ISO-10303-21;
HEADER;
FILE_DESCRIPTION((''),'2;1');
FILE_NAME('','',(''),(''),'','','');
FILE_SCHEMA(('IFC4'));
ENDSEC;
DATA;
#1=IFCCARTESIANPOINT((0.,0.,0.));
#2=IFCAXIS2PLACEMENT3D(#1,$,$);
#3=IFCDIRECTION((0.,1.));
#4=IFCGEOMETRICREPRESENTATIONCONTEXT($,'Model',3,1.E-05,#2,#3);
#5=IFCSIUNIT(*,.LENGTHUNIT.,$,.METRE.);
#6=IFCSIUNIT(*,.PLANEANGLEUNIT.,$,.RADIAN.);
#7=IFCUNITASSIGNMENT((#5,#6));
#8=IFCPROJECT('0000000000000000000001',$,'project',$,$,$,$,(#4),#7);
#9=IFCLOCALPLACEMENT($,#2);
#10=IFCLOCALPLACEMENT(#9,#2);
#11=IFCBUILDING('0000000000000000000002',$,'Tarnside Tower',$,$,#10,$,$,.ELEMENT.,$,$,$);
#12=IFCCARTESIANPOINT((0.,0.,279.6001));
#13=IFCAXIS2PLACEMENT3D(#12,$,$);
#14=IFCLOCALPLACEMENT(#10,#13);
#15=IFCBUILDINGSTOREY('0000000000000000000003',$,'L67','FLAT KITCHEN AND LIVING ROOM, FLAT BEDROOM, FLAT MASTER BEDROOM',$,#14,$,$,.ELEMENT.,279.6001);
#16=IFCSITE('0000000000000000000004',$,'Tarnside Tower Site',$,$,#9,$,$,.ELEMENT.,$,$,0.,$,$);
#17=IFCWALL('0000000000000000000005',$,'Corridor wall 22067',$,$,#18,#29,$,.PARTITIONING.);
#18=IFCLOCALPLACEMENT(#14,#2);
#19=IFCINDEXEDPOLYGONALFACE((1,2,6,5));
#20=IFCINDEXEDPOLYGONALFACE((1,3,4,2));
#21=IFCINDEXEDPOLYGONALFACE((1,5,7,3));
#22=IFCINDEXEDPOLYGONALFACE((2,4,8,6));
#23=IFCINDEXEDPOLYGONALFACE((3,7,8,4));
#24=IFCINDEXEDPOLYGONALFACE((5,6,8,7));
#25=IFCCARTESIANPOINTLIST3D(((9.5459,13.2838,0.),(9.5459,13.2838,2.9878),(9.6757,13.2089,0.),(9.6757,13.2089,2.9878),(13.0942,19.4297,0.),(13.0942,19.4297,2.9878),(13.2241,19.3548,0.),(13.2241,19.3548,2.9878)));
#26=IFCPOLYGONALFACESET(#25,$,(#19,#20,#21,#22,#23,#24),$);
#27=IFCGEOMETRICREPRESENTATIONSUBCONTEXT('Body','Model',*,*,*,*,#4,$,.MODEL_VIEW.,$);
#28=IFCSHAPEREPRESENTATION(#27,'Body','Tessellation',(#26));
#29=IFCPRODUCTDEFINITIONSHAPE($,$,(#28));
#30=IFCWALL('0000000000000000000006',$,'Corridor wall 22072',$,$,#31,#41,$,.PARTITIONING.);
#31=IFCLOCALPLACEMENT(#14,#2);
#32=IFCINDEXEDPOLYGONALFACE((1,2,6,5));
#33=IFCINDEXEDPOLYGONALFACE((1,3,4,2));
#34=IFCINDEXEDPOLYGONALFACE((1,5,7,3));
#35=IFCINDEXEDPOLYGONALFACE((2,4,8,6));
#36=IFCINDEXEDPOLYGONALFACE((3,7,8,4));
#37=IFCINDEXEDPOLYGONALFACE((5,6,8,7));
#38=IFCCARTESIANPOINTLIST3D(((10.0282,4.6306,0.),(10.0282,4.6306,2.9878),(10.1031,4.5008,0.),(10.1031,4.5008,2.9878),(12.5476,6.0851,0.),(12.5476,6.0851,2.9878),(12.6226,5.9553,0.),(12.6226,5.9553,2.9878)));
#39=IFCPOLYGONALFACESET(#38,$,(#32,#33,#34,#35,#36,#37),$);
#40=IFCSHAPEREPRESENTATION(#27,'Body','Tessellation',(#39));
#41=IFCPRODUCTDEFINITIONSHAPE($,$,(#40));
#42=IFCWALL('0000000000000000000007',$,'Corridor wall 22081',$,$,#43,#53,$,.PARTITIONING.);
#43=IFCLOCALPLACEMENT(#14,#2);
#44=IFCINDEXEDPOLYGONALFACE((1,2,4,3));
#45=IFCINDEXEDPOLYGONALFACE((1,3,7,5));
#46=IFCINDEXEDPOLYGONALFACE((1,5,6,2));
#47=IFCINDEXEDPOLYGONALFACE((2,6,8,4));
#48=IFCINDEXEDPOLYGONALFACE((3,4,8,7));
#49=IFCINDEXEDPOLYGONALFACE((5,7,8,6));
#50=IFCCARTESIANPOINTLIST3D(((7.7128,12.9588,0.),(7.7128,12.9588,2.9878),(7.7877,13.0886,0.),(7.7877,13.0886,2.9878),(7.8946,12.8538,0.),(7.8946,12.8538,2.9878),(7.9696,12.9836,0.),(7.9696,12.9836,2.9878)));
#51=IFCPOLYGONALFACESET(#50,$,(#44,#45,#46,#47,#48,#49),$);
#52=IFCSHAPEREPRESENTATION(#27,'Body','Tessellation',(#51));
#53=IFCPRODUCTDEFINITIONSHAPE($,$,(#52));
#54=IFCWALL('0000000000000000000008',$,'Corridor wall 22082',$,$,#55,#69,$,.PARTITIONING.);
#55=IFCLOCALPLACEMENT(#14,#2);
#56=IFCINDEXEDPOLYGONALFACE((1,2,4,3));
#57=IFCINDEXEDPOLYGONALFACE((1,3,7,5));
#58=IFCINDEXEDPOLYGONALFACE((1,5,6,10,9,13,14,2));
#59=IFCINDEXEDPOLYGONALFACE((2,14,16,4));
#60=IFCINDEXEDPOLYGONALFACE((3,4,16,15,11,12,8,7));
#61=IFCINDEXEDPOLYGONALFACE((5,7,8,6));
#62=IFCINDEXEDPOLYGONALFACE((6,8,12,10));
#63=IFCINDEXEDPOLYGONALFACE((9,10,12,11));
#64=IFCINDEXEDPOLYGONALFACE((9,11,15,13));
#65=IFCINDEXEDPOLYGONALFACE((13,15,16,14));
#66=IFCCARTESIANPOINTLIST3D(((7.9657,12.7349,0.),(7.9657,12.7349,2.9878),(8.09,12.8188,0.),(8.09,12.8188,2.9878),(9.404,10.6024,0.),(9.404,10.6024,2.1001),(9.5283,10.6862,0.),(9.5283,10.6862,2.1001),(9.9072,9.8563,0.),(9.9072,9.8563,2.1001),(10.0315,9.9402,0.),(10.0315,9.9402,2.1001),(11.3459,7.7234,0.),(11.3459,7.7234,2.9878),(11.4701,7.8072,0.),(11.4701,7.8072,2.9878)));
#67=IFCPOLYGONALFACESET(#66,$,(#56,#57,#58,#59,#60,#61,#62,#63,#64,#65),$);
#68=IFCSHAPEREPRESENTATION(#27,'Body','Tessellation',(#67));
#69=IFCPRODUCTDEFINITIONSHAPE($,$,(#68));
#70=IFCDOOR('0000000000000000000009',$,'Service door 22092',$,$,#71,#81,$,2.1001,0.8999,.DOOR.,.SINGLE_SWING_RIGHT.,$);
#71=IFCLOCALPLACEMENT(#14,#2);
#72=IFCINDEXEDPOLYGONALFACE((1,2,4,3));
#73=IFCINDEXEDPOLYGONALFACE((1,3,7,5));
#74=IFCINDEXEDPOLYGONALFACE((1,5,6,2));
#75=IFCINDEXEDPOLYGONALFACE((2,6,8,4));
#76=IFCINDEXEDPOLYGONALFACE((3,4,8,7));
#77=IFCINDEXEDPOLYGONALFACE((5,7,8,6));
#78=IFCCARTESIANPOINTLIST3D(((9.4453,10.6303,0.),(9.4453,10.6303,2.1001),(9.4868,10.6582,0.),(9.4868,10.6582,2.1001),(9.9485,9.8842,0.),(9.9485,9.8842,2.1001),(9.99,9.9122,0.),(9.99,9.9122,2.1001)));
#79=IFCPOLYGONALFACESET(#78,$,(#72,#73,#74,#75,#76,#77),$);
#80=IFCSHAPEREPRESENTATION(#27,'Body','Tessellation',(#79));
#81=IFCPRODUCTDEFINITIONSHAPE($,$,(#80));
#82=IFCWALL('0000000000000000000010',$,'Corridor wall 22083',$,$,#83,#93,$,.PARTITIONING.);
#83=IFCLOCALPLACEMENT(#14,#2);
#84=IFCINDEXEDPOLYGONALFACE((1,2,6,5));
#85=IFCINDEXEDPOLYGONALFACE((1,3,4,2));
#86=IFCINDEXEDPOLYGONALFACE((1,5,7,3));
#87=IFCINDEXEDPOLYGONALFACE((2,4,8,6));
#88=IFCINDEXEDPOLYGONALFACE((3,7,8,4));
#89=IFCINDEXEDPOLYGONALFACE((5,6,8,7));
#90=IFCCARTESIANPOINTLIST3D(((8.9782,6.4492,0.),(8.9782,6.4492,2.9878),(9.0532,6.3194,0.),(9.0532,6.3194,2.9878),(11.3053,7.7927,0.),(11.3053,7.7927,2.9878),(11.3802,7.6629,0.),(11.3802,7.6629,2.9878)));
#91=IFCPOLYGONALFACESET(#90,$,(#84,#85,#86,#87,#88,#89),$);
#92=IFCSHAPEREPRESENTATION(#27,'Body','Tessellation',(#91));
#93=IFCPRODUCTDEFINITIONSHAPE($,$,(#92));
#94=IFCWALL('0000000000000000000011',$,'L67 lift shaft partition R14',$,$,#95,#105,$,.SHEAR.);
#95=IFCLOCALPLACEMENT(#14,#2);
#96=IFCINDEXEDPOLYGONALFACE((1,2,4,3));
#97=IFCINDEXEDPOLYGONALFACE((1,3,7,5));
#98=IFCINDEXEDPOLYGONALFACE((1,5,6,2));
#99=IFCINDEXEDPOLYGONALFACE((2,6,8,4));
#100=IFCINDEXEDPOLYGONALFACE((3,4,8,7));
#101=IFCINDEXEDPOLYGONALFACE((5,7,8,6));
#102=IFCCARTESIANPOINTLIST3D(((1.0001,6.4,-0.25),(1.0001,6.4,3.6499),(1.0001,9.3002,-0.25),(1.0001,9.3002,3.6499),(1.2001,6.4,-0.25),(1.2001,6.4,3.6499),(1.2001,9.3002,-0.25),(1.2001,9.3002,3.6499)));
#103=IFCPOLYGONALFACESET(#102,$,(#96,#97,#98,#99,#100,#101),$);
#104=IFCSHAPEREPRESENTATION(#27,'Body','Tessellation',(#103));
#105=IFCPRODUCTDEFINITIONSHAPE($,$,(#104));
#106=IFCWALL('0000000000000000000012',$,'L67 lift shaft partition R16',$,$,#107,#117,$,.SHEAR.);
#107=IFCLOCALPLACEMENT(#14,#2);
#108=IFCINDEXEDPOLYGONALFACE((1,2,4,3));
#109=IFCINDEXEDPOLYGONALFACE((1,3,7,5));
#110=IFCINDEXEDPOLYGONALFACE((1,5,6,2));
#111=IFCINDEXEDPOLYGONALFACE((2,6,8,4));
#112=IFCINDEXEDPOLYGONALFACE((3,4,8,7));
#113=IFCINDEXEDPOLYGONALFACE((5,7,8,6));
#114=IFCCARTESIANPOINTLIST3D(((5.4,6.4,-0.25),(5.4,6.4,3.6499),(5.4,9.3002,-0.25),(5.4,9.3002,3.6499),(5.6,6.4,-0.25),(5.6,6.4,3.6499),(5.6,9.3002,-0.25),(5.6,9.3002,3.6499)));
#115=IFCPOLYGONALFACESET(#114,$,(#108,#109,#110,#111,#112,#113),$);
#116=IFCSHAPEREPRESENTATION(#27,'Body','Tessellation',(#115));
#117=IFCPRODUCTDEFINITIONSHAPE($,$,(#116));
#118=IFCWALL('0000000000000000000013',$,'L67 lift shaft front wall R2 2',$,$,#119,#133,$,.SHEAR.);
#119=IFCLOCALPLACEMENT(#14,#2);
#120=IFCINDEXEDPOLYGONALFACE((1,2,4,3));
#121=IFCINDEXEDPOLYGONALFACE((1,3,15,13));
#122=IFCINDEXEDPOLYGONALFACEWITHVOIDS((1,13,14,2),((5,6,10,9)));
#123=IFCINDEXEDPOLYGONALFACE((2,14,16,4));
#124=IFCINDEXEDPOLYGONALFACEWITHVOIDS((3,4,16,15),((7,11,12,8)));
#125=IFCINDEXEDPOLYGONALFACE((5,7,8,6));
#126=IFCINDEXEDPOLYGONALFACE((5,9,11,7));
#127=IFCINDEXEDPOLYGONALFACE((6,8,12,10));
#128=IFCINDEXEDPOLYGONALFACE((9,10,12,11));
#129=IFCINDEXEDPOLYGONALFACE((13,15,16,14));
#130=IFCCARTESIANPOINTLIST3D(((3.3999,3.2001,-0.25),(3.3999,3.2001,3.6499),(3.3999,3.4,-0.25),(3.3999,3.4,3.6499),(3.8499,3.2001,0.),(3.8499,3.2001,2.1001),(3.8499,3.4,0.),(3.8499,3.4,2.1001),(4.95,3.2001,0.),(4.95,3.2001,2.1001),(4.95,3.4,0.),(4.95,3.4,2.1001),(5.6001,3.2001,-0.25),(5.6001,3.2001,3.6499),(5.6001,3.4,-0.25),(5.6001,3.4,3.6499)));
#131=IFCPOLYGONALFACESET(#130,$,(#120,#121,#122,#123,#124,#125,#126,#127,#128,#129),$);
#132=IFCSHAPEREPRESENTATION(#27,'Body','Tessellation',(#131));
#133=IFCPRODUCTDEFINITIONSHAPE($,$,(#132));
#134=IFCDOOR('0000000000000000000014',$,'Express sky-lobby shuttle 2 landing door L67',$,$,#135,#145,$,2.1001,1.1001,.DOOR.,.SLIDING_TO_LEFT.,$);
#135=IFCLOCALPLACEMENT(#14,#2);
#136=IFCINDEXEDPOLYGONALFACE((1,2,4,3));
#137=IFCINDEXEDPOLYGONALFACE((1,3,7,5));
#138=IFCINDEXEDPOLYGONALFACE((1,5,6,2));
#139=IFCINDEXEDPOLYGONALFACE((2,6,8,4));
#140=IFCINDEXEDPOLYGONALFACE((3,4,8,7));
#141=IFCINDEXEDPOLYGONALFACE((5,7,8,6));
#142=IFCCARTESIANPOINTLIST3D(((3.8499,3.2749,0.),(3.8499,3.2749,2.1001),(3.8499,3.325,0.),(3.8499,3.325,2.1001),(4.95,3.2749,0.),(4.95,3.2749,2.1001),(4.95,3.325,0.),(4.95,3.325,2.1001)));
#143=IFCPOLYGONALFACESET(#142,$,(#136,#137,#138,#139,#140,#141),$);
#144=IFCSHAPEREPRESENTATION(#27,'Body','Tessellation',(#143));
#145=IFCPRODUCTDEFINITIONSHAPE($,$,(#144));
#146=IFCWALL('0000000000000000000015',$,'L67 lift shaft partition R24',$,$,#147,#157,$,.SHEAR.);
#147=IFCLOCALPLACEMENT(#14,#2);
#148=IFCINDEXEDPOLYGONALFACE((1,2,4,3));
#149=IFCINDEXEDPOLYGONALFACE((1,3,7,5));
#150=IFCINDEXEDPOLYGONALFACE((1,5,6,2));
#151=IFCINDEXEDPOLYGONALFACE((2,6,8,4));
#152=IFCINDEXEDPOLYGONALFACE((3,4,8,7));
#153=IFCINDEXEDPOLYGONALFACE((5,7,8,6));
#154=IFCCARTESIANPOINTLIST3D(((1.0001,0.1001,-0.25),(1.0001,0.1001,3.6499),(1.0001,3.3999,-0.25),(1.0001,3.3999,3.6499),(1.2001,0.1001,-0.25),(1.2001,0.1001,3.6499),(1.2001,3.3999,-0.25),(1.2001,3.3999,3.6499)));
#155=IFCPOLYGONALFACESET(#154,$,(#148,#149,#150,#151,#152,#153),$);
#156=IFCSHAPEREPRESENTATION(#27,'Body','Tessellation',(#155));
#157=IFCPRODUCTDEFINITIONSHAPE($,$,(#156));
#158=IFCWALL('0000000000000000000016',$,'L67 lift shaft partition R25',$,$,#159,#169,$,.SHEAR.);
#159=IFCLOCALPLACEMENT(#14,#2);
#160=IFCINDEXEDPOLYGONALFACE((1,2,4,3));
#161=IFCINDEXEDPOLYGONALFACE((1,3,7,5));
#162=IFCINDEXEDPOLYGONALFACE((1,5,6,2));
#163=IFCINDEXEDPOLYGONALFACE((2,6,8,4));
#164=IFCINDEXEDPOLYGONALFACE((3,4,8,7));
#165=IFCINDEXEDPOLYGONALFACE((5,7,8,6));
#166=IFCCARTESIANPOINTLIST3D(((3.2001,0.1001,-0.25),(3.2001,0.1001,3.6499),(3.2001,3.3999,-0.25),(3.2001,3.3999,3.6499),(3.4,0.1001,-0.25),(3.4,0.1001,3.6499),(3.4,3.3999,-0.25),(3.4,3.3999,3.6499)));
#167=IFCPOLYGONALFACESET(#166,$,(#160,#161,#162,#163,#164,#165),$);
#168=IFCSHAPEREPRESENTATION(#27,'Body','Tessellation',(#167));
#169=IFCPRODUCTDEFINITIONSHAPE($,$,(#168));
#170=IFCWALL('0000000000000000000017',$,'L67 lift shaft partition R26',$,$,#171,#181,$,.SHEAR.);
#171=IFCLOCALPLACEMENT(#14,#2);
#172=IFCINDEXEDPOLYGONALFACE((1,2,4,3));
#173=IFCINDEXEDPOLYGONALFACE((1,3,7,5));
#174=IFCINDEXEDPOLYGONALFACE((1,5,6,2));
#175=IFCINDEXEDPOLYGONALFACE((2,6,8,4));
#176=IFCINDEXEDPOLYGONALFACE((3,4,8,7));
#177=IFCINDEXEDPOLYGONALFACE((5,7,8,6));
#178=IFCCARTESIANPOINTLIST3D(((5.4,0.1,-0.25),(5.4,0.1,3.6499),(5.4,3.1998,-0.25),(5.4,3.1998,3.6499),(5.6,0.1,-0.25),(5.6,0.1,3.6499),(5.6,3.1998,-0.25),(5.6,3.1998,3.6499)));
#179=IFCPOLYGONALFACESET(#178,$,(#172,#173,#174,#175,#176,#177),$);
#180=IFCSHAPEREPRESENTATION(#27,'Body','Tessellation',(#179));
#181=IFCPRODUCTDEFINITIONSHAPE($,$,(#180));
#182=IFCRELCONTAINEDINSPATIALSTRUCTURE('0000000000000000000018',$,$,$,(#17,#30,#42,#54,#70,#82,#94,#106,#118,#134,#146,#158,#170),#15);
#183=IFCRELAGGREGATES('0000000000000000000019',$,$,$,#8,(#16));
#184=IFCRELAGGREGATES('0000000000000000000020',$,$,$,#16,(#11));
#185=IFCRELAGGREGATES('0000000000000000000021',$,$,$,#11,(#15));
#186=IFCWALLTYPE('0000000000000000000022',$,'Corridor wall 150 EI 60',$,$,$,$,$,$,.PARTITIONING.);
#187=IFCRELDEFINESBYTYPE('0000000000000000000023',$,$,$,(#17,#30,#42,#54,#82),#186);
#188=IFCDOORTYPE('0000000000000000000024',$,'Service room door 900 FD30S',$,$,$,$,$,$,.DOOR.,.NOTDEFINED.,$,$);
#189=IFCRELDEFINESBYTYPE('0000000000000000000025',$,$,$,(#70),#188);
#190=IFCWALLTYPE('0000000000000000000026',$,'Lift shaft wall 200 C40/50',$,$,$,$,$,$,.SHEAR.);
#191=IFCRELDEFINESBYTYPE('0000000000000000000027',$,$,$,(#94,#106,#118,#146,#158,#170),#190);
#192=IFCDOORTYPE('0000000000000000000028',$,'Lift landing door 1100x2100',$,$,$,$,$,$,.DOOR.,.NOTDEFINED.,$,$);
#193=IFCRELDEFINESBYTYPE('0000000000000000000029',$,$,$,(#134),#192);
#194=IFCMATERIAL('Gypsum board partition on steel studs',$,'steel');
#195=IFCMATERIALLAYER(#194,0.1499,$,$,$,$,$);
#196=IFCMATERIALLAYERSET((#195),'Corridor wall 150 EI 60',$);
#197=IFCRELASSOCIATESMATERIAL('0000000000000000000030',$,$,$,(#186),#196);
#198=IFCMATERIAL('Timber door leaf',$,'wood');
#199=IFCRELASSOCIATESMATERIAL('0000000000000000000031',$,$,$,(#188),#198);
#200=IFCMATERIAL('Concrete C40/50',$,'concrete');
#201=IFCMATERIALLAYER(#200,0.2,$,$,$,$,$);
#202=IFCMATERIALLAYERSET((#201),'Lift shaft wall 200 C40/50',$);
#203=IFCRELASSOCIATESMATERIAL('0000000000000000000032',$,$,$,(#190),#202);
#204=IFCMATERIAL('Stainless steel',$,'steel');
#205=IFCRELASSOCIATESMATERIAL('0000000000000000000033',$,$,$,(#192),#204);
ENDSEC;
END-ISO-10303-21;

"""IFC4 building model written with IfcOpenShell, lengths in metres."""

from ifc_helpers import new_model, si_unit, direction, frame, frame_2d, origin, place, context, subcontext, project, spatial, rectangle, extrude, material, layer, layer_set, type_object, element, fill, save


model = new_model("IFC4")

# Units and contexts
model_context = context("Model", 3, precision=1e-05, world=origin(), true_north=direction((0.0, 1.0)))
body_context = subcontext(model_context, "Body", "Model", "MODEL_VIEW")
ifc_project = project(units=[si_unit("LENGTHUNIT", "METRE"), si_unit("PLANEANGLEUNIT", "RADIAN")], contexts=[model_context])

# Site, building, storey
site_placement = place(None, origin())
site = spatial("IfcSite", under=ifc_project, at=site_placement, Name="Tarnside Tower Site", CompositionType="ELEMENT", RefElevation=0.0)
building_placement = place(site_placement, origin())
building = spatial("IfcBuilding", under=site, at=building_placement, Name="Tarnside Tower", CompositionType="ELEMENT")
storey_placement = place(building_placement, frame((0.0, 0.0, 279.6001)))
storey = spatial("IfcBuildingStorey", under=building, at=storey_placement, Name="L67", Description="FLAT KITCHEN AND LIVING ROOM, FLAT BEDROOM, FLAT MASTER BEDROOM", CompositionType="ELEMENT", Elevation=279.6001)

# Shared definitions
ifc_material_1 = material(Name="Concrete C40/50", Category="concrete")

# Shared definitions
ifc_material_2 = material(Name="Gypsum board partition on steel studs", Category="steel")

# Walls
ifc_layer_1 = layer(ifc_material_2, 0.1499)
ifc_layer_set_1 = layer_set([ifc_layer_1], Name="Corridor wall 150 EI 60")
wall_type_1 = type_object("IfcWallType", Name="Corridor wall 150 EI 60", PredefinedType="PARTITIONING", material=ifc_layer_set_1)
wall_1_placement = place(storey_placement, frame((9.6108, 13.2463, 0.0), z_axis=(0.0, 0.0, 1.0), x_axis=(0.499994, 0.866029, 0.0)))
element("IfcWall", 1, at=wall_1_placement, inside=storey, type_object=wall_type_1, Name="Corridor wall 22067", PredefinedType="PARTITIONING", context=body_context, shape_type="SweptSolid", body=[
    extrude(rectangle(XDim=7.0967, YDim=0.1499, at=frame_2d((3.5483, 0.0))), origin(), (0.0, 0.0, 1.0), 2.9878),
])
wall_2_placement = place(storey_placement, frame((10.0657, 4.5657, 0.0), z_axis=(0.0, 0.0, 1.0), x_axis=(0.866035, 0.499984, 0.0)))
element("IfcWall", 2, at=wall_2_placement, inside=storey, type_object=wall_type_1, Name="Corridor wall 22072", PredefinedType="PARTITIONING", context=body_context, shape_type="SweptSolid", body=[
    extrude(rectangle(XDim=2.9092, YDim=0.1499, at=frame_2d((1.4546, 0.0))), origin(), (0.0, 0.0, 1.0), 2.9878),
])
wall_3_placement = place(storey_placement, frame((7.7502, 13.0237, 0.0), z_axis=(0.0, 0.0, 1.0), x_axis=(0.866089, -0.49989, 0.0)))
element("IfcWall", 3, at=wall_3_placement, inside=storey, type_object=wall_type_1, Name="Corridor wall 22081", PredefinedType="PARTITIONING", context=body_context, shape_type="SweptSolid", body=[
    extrude(rectangle(XDim=0.21, YDim=0.1499, at=frame_2d((0.105, 0.0))), origin(), (0.0, 0.0, 1.0), 2.9878),
])

# Wall, opening, door
wall_4_placement = place(storey_placement, frame((8.0278, 12.7769, 0.0), z_axis=(0.0, 0.0, 1.0), x_axis=(0.559175, -0.829049, 0.0)))
wall_4 = element("IfcWall", 4, at=wall_4_placement, inside=storey, type_object=wall_type_1, Name="Corridor wall 22082", PredefinedType="PARTITIONING", context=body_context, shape_type="SweptSolid", body=[
    extrude(rectangle(XDim=6.0449, YDim=0.1499, at=frame_2d((3.0225, 0.0))), origin(), (0.0, 0.0, 1.0), 2.9878),
])
opening_1_placement = place(wall_4_placement, frame((2.5723, 0.0, 0.0)))
opening_1 = element("IfcOpeningElement", 5, at=opening_1_placement, cuts=wall_4, PredefinedType="OPENING", context=body_context, shape_type="SweptSolid", body=[
    extrude(rectangle(XDim=0.8999, YDim=2.1001, at=frame_2d((0.45, 1.05))), frame((0.0, 0.085, 0.0), z_axis=(0.0, -1.0, 0.0), x_axis=(1.0, 0.0, 0.0)), (0.0, 0.0, 1.0), 0.1699),
])
ifc_material_3 = material(Name="Timber door leaf", Category="wood")
door_type_1 = type_object("IfcDoorType", Name="Service room door 900 FD30S", OperationType="NOTDEFINED", PredefinedType="DOOR", material=ifc_material_3)
door_1_placement = place(opening_1_placement, origin())
door_1 = element("IfcDoor", 6, at=door_1_placement, inside=storey, type_object=door_type_1, Name="Service door 22092", OperationType="SINGLE_SWING_RIGHT", OverallHeight=2.1001, OverallWidth=0.8999, PredefinedType="DOOR", context=body_context, shape_type="SweptSolid", body=[
    extrude(rectangle(XDim=0.8999, YDim=2.1001, at=frame_2d((0.45, 1.05))), frame((0.0, 0.0249, 0.0), z_axis=(0.0, -1.0, 0.0), x_axis=(1.0, 0.0, 0.0)), (0.0, 0.0, 1.0), 0.05),
])
fill(opening_1, door_1)

# Walls
wall_5_placement = place(storey_placement, frame((11.3428, 7.7278, 0.0), z_axis=(0.0, 0.0, 1.0), x_axis=(-0.866037, -0.499979, 0.0)))
element("IfcWall", 7, at=wall_5_placement, inside=storey, type_object=wall_type_1, Name="Corridor wall 22083", PredefinedType="PARTITIONING", context=body_context, shape_type="SweptSolid", body=[
    extrude(rectangle(XDim=2.687, YDim=0.1499, at=frame_2d((1.3435, 0.0))), origin(), (0.0, 0.0, 1.0), 2.9878),
])
ifc_layer_2 = layer(ifc_material_1, 0.2)
ifc_layer_set_2 = layer_set([ifc_layer_2], Name="Lift shaft wall 200 C40/50")
wall_type_2 = type_object("IfcWallType", Name="Lift shaft wall 200 C40/50", PredefinedType="SHEAR", material=ifc_layer_set_2)
for number, where, z_axis, x_axis, name in (
    (8, (1.1001, 6.3999, -0.25), (0.0, 0.0, 1.0), (0.0, 1.0, 0.0), "L67 lift shaft partition R14"),
    (9, (5.5, 6.3999, -0.25), (0.0, 0.0, 1.0), (0.0, 1.0, 0.0), "L67 lift shaft partition R16"),
):
    element("IfcWall", number, at=place(storey_placement, frame(where, z_axis=z_axis, x_axis=x_axis)), inside=storey, type_object=wall_type_2, Name=name, PredefinedType="SHEAR", context=body_context, shape_type="SweptSolid", body=[
        extrude(rectangle(XDim=2.9001, YDim=0.2, at=frame_2d((1.4502, 0.0))), origin(), (0.0, 0.0, 1.0), 3.8999),
    ])

# Wall, opening, door
wall_6_placement = place(storey_placement, frame((3.3999, 3.3, -0.25), z_axis=(0.0, 0.0, 1.0), x_axis=(1.0, 0.0, 0.0)))
wall_6 = element("IfcWall", 10, at=wall_6_placement, inside=storey, type_object=wall_type_2, Name="L67 lift shaft front wall R2 2", PredefinedType="SHEAR", context=body_context, shape_type="SweptSolid", body=[
    extrude(rectangle(XDim=2.2002, YDim=0.2, at=frame_2d((1.1001, 0.0))), origin(), (0.0, 0.0, 1.0), 3.8999),
])
opening_2_placement = place(wall_6_placement, frame((0.45, 0.0, 0.25)))
opening_2 = element("IfcOpeningElement", 11, at=opening_2_placement, cuts=wall_6, PredefinedType="OPENING", context=body_context, shape_type="SweptSolid", body=[
    extrude(rectangle(XDim=1.1001, YDim=2.1001, at=frame_2d((0.55, 1.05))), frame((0.0, 0.1099, 0.0), z_axis=(0.0, -1.0, 0.0), x_axis=(1.0, 0.0, 0.0)), (0.0, 0.0, 1.0), 0.22),
])
ifc_material_4 = material(Name="Stainless steel", Category="steel")
door_type_2 = type_object("IfcDoorType", Name="Lift landing door 1100x2100", OperationType="NOTDEFINED", PredefinedType="DOOR", material=ifc_material_4)
door_2_placement = place(opening_2_placement, origin())
door_2 = element("IfcDoor", 12, at=door_2_placement, inside=storey, type_object=door_type_2, Name="Express sky-lobby shuttle 2 landing door L67", OperationType="SLIDING_TO_LEFT", OverallHeight=2.1001, OverallWidth=1.1001, PredefinedType="DOOR", context=body_context, shape_type="SweptSolid", body=[
    extrude(rectangle(XDim=1.1001, YDim=2.1001, at=frame_2d((0.55, 1.05))), frame((0.0, 0.0249, 0.0), z_axis=(0.0, -1.0, 0.0), x_axis=(1.0, 0.0, 0.0)), (0.0, 0.0, 1.0), 0.05),
])
fill(opening_2, door_2)

# Walls
for number, where, z_axis, x_axis, name in (
    (13, (1.1001, 0.1001, -0.25), (0.0, 0.0, 1.0), (0.0, 1.0, 0.0), "L67 lift shaft partition R24"),
    (14, (3.3, 0.1001, -0.25), (0.0, 0.0, 1.0), (0.0, 1.0, 0.0), "L67 lift shaft partition R25"),
):
    element("IfcWall", number, at=place(storey_placement, frame(where, z_axis=z_axis, x_axis=x_axis)), inside=storey, type_object=wall_type_2, Name=name, PredefinedType="SHEAR", context=body_context, shape_type="SweptSolid", body=[
        extrude(rectangle(XDim=3.2998, YDim=0.2, at=frame_2d((1.6499, 0.0))), origin(), (0.0, 0.0, 1.0), 3.8999),
    ])
wall_7_placement = place(storey_placement, frame((5.5, 0.1001, -0.25), z_axis=(0.0, 0.0, 1.0), x_axis=(0.0, 1.0, 0.0)))
element("IfcWall", 15, at=wall_7_placement, inside=storey, type_object=wall_type_2, Name="L67 lift shaft partition R26", PredefinedType="SHEAR", context=body_context, shape_type="SweptSolid", body=[
    extrude(rectangle(XDim=3.0999, YDim=0.2, at=frame_2d((1.5498, 0.0))), origin(), (0.0, 0.0, 1.0), 3.8999),
])

save(model, "model.ifc")
